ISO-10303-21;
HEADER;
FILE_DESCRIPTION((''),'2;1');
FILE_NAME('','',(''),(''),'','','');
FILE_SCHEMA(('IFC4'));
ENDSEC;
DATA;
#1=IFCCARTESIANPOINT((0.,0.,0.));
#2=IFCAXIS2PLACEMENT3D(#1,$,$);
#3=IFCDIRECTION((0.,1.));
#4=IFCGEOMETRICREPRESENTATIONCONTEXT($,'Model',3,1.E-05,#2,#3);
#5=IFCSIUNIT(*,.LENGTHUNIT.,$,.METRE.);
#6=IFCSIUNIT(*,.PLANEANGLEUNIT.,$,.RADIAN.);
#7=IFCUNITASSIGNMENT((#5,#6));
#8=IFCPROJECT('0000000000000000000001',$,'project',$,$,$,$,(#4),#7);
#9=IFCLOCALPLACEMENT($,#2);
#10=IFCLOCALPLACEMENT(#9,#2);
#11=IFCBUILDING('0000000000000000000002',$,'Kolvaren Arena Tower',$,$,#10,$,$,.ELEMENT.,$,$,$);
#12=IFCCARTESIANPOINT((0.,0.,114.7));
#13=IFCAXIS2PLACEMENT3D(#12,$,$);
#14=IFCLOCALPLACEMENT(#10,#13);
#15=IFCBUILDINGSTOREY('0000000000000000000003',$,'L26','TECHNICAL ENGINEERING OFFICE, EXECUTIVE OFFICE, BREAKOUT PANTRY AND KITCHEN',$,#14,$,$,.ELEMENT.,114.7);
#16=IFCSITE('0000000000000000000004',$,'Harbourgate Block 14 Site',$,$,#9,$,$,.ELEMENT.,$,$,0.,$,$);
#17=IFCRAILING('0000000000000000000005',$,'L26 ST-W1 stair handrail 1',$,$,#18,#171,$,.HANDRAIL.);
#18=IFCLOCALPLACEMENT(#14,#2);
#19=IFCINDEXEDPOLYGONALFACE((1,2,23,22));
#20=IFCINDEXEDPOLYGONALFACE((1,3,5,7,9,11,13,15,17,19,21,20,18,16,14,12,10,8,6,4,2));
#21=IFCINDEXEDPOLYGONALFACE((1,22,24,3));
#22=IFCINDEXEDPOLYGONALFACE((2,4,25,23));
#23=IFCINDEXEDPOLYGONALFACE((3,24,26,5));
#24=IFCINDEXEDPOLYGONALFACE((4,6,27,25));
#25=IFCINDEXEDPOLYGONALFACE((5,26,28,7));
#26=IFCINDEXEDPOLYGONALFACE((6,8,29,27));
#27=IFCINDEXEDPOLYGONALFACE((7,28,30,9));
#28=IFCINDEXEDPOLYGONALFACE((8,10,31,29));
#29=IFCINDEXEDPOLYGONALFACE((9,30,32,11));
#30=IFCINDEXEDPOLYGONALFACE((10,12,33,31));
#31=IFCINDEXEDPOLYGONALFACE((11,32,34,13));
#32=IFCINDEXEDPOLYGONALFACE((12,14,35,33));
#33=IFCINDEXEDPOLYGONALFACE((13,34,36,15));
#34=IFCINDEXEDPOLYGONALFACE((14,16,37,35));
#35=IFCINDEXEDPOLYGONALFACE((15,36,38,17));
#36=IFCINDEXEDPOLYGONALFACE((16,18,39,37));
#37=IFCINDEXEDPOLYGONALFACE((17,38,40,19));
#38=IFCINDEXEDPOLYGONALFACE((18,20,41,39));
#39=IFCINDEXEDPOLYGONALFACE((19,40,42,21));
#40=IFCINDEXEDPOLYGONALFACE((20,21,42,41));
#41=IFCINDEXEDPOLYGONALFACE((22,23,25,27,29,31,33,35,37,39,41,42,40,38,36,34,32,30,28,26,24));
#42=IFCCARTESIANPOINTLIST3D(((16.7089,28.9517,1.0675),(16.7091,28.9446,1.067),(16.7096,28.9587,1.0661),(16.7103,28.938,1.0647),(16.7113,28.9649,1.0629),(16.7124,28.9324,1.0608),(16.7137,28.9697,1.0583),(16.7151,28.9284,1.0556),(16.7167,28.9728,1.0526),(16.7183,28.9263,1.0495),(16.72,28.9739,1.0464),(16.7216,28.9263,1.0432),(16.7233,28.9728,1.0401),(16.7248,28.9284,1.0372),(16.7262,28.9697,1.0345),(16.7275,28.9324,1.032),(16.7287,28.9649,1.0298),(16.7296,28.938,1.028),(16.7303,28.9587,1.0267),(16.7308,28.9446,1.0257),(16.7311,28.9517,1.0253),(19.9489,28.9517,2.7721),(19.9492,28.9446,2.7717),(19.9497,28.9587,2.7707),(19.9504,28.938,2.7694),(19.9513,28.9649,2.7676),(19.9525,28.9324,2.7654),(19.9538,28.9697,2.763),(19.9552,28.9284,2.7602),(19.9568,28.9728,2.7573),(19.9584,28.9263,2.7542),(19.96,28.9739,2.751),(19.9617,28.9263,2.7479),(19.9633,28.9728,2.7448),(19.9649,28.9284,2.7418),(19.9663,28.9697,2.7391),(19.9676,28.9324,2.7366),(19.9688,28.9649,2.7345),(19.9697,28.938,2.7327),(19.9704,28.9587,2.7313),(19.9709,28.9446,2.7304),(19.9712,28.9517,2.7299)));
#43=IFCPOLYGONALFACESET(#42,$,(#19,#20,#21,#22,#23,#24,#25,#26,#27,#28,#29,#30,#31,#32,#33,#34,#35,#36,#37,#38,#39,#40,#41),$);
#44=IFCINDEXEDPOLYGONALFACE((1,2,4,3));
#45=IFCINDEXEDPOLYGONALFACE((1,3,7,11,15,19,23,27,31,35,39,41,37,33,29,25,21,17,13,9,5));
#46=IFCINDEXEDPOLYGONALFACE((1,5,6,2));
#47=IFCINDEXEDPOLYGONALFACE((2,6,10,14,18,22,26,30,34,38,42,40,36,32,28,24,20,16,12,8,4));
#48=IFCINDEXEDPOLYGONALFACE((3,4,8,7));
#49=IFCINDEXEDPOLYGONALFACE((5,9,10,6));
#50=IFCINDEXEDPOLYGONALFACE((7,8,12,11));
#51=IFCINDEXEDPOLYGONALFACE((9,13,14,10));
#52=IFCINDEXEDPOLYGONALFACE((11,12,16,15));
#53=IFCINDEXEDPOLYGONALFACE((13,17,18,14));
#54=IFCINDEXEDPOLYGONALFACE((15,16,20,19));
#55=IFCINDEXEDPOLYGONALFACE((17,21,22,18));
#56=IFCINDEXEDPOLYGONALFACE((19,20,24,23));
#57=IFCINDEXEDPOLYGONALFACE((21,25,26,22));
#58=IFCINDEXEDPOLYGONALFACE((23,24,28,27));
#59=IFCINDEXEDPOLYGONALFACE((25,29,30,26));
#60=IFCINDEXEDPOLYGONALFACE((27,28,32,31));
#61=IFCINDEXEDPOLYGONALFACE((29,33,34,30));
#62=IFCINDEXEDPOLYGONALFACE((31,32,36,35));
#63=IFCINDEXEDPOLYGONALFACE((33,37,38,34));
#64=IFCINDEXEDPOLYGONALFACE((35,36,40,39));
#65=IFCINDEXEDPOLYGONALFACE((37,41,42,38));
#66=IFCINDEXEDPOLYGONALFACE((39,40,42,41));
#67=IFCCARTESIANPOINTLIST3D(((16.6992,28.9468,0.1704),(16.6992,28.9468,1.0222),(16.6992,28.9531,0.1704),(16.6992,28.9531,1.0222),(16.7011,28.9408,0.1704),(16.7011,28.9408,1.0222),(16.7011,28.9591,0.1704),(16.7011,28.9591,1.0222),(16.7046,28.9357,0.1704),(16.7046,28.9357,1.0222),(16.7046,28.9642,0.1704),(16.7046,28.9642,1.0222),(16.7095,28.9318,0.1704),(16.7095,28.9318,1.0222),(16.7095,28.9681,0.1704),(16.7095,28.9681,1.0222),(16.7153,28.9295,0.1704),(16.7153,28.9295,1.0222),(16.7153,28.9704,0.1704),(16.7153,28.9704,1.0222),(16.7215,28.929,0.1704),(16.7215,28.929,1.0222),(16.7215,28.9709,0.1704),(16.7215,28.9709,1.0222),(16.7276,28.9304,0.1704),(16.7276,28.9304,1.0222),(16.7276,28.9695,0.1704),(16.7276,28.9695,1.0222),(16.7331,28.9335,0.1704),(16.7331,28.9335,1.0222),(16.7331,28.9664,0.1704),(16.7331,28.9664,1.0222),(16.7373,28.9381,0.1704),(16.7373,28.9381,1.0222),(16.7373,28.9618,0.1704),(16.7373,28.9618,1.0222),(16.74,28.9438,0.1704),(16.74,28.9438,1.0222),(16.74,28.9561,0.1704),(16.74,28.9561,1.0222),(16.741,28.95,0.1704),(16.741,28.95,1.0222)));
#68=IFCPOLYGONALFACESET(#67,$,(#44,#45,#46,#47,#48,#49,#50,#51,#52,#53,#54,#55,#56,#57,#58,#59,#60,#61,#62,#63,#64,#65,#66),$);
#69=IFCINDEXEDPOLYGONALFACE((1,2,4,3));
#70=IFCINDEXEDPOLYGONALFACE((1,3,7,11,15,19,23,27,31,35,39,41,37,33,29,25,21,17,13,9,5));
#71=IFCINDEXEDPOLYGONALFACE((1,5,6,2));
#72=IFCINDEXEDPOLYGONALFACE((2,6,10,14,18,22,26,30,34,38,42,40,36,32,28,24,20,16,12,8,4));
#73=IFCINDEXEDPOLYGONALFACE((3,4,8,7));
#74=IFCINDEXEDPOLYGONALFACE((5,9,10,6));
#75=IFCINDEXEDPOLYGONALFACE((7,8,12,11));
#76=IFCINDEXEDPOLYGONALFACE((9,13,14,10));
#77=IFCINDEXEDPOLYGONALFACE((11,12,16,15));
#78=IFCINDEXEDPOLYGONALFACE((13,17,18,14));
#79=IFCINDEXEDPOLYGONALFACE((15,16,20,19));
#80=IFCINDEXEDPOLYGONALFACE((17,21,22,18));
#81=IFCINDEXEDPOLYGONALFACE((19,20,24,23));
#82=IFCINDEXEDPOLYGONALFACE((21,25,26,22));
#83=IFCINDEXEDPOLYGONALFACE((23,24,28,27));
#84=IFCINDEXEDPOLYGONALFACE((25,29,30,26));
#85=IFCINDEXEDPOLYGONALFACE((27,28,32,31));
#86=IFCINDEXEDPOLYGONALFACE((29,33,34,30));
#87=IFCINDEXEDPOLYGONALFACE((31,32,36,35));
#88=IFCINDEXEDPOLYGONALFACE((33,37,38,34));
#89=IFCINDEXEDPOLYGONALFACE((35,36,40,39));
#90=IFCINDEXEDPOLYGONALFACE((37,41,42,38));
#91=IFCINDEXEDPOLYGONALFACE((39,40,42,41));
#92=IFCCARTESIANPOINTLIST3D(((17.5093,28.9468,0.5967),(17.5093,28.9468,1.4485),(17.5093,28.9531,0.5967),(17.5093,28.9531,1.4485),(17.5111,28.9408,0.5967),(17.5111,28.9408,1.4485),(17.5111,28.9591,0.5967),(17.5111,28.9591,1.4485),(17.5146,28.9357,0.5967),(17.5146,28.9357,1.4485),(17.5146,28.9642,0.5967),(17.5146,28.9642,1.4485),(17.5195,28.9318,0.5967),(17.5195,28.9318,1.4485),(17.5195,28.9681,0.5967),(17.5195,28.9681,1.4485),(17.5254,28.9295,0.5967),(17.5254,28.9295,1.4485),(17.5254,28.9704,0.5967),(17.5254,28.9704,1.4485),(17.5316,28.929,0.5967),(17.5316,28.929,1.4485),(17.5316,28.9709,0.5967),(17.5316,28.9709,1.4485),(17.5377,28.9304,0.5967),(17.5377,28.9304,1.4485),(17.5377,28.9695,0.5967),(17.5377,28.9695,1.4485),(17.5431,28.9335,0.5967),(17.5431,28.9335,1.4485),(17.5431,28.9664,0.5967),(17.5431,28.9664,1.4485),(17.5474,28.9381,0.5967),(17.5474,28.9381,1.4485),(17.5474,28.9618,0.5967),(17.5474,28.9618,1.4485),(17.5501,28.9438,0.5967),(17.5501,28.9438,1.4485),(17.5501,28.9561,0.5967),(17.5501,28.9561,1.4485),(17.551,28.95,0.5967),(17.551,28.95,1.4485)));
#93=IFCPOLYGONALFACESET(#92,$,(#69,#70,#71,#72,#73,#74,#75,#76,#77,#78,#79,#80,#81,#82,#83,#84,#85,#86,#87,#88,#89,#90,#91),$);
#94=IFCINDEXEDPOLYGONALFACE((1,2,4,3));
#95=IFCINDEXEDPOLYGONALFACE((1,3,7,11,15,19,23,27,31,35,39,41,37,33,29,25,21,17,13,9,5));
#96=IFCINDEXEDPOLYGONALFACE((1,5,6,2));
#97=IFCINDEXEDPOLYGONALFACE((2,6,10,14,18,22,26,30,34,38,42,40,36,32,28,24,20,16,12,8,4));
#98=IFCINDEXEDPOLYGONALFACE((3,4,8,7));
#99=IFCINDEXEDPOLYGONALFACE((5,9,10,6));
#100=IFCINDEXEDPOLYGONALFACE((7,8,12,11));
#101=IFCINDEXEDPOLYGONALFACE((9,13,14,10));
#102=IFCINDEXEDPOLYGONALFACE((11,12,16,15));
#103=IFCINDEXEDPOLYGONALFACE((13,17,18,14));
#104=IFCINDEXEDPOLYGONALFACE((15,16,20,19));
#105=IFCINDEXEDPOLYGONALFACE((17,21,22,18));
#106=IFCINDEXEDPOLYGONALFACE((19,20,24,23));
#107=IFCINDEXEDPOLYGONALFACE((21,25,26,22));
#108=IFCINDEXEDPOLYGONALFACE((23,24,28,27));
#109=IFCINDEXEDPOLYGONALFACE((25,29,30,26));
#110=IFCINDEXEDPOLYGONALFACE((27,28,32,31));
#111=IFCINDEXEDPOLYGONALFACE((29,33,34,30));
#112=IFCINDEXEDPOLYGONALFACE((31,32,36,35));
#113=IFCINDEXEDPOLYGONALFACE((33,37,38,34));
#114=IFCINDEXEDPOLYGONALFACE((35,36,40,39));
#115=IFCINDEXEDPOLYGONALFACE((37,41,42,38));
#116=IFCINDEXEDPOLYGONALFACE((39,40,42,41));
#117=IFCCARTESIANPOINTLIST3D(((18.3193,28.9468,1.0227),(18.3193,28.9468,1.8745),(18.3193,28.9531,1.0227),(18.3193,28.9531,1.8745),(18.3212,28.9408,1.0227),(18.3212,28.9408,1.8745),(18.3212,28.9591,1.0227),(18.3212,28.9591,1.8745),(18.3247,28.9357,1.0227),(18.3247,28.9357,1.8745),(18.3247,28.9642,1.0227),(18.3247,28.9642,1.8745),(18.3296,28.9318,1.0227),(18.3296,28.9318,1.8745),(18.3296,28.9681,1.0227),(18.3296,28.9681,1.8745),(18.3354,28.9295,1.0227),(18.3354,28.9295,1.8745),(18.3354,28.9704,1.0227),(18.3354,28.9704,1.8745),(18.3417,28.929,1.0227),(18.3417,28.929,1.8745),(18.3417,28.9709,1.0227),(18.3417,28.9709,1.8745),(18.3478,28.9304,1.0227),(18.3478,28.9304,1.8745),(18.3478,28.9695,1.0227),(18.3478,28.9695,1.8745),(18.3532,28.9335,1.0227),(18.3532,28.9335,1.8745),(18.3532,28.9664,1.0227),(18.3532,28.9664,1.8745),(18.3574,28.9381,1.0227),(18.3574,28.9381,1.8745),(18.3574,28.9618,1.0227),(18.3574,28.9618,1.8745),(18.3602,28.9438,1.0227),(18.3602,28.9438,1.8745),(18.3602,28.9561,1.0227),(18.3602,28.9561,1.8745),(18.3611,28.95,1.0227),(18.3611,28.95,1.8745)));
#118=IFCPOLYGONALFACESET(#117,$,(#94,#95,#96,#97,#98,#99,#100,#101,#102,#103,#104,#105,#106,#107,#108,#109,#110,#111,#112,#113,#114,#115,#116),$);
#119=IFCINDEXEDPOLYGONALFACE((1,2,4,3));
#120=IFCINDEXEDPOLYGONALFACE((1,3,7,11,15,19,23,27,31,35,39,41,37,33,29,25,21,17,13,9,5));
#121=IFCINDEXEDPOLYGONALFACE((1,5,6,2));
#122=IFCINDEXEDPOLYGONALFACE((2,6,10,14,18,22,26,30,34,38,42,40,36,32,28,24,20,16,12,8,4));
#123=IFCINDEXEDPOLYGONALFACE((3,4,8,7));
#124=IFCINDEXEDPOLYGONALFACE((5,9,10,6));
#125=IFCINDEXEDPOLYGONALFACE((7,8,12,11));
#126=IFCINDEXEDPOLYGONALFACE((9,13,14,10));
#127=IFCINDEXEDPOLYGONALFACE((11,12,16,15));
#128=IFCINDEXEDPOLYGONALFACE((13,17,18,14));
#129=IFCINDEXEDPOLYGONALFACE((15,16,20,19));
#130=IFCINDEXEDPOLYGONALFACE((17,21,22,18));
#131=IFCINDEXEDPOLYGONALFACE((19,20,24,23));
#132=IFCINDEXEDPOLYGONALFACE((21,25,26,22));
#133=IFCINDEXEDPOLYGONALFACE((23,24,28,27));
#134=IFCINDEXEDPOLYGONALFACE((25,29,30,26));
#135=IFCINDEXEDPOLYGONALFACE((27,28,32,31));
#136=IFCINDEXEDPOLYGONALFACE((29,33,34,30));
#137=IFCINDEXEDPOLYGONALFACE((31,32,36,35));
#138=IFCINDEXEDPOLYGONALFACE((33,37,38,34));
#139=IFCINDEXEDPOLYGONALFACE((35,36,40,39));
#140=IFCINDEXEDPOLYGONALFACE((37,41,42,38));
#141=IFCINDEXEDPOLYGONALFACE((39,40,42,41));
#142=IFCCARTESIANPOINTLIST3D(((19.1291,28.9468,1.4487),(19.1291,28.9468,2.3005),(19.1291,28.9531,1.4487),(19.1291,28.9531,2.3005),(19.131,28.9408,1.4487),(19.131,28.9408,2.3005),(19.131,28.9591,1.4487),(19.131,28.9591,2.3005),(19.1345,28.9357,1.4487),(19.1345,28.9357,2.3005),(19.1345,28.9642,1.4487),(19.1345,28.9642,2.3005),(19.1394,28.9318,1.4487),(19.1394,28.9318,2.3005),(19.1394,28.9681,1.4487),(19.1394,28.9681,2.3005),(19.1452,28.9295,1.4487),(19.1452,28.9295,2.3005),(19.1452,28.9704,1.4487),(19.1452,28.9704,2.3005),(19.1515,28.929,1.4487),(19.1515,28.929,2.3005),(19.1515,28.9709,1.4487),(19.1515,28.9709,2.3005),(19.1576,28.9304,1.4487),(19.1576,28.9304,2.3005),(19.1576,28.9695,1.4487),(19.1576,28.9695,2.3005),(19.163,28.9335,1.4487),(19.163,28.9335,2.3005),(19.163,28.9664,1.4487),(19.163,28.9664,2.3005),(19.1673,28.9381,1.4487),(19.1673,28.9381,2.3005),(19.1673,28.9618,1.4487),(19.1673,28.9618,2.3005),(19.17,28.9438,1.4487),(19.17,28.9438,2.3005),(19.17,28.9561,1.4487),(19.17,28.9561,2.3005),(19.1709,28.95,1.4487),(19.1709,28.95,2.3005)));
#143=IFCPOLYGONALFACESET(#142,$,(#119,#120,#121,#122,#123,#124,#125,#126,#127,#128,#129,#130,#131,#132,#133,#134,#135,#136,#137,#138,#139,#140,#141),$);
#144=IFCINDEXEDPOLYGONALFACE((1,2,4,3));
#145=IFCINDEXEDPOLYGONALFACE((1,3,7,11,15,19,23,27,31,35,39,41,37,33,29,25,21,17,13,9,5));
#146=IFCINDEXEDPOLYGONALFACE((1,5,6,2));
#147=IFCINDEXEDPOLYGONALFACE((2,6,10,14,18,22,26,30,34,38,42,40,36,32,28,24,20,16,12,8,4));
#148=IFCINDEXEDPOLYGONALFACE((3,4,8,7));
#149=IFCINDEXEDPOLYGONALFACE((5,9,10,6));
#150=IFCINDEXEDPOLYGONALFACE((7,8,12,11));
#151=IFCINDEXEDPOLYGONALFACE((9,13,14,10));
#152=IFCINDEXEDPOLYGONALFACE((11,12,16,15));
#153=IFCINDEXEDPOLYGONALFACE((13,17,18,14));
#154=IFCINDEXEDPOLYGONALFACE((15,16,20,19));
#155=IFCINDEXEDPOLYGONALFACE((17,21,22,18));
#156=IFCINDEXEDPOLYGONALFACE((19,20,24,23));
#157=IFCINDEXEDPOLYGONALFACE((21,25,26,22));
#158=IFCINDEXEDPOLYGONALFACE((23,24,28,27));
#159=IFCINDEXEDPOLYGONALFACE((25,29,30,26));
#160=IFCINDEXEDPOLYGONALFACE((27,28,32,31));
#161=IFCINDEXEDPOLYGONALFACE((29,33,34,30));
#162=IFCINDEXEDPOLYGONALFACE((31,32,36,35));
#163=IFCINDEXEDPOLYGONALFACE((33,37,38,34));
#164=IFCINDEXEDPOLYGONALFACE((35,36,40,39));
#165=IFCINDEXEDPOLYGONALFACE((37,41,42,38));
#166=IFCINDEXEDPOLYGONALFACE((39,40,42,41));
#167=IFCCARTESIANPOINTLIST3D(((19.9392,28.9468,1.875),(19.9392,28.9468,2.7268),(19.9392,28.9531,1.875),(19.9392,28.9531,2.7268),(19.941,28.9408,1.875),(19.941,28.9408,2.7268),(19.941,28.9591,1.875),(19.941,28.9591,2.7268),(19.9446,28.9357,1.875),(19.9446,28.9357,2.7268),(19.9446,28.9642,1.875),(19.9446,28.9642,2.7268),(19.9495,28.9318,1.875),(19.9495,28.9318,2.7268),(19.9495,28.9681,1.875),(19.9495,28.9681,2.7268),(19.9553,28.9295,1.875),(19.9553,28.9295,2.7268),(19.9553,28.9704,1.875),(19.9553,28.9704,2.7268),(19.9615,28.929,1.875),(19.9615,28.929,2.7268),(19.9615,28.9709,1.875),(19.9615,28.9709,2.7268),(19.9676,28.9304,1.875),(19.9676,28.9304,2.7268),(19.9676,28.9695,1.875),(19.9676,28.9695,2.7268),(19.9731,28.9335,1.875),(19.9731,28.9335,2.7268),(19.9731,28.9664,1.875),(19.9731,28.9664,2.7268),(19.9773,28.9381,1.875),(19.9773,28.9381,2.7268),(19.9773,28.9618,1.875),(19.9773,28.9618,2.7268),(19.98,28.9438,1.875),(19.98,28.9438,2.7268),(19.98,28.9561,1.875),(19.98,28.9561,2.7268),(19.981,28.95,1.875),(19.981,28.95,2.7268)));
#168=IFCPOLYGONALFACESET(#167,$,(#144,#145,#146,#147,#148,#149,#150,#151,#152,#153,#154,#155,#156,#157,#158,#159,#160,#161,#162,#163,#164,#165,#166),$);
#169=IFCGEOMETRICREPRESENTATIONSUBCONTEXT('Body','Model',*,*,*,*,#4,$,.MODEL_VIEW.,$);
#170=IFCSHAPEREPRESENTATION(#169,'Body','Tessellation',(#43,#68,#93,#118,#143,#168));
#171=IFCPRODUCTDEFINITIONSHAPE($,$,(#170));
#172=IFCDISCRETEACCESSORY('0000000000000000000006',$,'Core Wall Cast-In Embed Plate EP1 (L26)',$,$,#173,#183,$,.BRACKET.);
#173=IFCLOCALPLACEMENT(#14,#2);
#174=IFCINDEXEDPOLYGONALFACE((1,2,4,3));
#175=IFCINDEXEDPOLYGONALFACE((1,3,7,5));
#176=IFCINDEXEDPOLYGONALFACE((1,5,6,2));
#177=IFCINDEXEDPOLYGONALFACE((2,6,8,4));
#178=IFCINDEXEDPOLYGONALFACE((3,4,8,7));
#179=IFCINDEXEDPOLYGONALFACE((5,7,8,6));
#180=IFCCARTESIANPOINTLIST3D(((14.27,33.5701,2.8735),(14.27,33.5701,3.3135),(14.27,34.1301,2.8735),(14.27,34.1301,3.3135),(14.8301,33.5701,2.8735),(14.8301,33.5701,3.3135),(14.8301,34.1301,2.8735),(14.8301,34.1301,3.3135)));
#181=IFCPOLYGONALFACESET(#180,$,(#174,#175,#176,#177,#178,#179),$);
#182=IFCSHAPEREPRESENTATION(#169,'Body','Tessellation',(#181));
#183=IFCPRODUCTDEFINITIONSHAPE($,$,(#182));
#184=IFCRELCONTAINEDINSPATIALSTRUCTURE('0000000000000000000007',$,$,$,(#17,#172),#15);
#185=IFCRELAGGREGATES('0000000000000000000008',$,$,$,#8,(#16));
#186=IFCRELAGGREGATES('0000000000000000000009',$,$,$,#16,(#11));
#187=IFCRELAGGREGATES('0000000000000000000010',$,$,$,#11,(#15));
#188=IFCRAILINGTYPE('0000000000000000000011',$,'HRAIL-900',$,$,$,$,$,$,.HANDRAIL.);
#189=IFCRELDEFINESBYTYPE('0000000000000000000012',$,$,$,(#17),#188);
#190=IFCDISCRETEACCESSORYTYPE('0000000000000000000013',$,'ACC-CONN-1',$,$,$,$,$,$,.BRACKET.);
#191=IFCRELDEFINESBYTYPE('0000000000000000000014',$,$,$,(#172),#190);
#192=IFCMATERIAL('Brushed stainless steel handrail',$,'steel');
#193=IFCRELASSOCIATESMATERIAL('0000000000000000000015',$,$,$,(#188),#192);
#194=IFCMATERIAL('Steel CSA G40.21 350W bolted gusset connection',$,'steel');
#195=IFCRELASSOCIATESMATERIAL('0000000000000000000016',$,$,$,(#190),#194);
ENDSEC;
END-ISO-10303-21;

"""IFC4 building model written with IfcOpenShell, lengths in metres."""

from ifc_helpers import new_model, si_unit, direction, frame, origin, origin_2d, place, context, subcontext, project, spatial, rectangle, circle, extrude, material, type_object, element, save


model = new_model("IFC4")

# Units and contexts
model_context = context("Model", 3, precision=1e-05, world=origin(), true_north=direction((0.0, 1.0)))
body_context = subcontext(model_context, "Body", "Model", "MODEL_VIEW")
ifc_project = project(units=[si_unit("LENGTHUNIT", "METRE"), si_unit("PLANEANGLEUNIT", "RADIAN")], contexts=[model_context])

# Site, building, storey
site_placement = place(None, origin())
site = spatial("IfcSite", under=ifc_project, at=site_placement, Name="Harbourgate Block 14 Site", CompositionType="ELEMENT", RefElevation=0.0)
building_placement = place(site_placement, origin())
building = spatial("IfcBuilding", under=site, at=building_placement, Name="Kolvaren Arena Tower", CompositionType="ELEMENT")
storey_placement = place(building_placement, frame((0.0, 0.0, 114.7)))
storey = spatial("IfcBuildingStorey", under=building, at=storey_placement, Name="L26", Description="TECHNICAL ENGINEERING OFFICE, EXECUTIVE OFFICE, BREAKOUT PANTRY AND KITCHEN", CompositionType="ELEMENT", Elevation=114.7)

# Railing
ifc_material_1 = material(Name="Brushed stainless steel handrail", Category="steel")
railing_type_1 = type_object("IfcRailingType", Name="HRAIL-900", PredefinedType="HANDRAIL", material=ifc_material_1)
railing_1_placement = place(storey_placement, frame((16.72, 28.95, 0.1704)))
element("IfcRailing", 1, at=railing_1_placement, inside=storey, type_object=railing_type_1, Name="L26 ST-W1 stair handrail 1", PredefinedType="HANDRAIL", context=body_context, shape_type="SweptSolid", body=[
    extrude(circle(Radius=0.0239, at=origin_2d()), frame((0.0, 0.0, 0.876), z_axis=(0.884993, 0.0, 0.465604), x_axis=(0.0, 1.0, 0.0)), (0.0, 0.0, 1.0), 3.6611),
    extrude(circle(Radius=0.021, at=origin_2d()), origin(), (0.0, 0.0, 1.0), 0.8518),
    extrude(circle(Radius=0.021, at=origin_2d()), frame((0.8101, 0.0, 0.4263)), (0.0, 0.0, 1.0), 0.8518),
    extrude(circle(Radius=0.021, at=origin_2d()), frame((1.6201, 0.0, 0.8523)), (0.0, 0.0, 1.0), 0.8518),
    extrude(circle(Radius=0.021, at=origin_2d()), frame((2.4299, 0.0, 1.2783)), (0.0, 0.0, 1.0), 0.8518),
    extrude(circle(Radius=0.021, at=origin_2d()), frame((3.24, 0.0, 1.7046)), (0.0, 0.0, 1.0), 0.8518),
])

# Discrete accessory
ifc_material_2 = material(Name="Steel CSA G40.21 350W bolted gusset connection", Category="steel")
discrete_accessory_type = type_object("IfcDiscreteAccessoryType", Name="ACC-CONN-1", PredefinedType="BRACKET", material=ifc_material_2)
discrete_accessory_placement = place(storey_placement, frame((14.55, 33.8501, 2.8735), z_axis=(0.0, 0.0, 1.0), x_axis=(1.0, 0.0, 0.0)))
element("IfcDiscreteAccessory", 2, at=discrete_accessory_placement, inside=storey, type_object=discrete_accessory_type, Name="Core Wall Cast-In Embed Plate EP1 (L26)", PredefinedType="BRACKET", context=body_context, shape_type="SweptSolid", body=[
    extrude(rectangle(XDim=0.5601, YDim=0.5601, at=origin_2d()), origin(), (0.0, 0.0, 1.0), 0.4399),
])

save(model, "model.ifc")
